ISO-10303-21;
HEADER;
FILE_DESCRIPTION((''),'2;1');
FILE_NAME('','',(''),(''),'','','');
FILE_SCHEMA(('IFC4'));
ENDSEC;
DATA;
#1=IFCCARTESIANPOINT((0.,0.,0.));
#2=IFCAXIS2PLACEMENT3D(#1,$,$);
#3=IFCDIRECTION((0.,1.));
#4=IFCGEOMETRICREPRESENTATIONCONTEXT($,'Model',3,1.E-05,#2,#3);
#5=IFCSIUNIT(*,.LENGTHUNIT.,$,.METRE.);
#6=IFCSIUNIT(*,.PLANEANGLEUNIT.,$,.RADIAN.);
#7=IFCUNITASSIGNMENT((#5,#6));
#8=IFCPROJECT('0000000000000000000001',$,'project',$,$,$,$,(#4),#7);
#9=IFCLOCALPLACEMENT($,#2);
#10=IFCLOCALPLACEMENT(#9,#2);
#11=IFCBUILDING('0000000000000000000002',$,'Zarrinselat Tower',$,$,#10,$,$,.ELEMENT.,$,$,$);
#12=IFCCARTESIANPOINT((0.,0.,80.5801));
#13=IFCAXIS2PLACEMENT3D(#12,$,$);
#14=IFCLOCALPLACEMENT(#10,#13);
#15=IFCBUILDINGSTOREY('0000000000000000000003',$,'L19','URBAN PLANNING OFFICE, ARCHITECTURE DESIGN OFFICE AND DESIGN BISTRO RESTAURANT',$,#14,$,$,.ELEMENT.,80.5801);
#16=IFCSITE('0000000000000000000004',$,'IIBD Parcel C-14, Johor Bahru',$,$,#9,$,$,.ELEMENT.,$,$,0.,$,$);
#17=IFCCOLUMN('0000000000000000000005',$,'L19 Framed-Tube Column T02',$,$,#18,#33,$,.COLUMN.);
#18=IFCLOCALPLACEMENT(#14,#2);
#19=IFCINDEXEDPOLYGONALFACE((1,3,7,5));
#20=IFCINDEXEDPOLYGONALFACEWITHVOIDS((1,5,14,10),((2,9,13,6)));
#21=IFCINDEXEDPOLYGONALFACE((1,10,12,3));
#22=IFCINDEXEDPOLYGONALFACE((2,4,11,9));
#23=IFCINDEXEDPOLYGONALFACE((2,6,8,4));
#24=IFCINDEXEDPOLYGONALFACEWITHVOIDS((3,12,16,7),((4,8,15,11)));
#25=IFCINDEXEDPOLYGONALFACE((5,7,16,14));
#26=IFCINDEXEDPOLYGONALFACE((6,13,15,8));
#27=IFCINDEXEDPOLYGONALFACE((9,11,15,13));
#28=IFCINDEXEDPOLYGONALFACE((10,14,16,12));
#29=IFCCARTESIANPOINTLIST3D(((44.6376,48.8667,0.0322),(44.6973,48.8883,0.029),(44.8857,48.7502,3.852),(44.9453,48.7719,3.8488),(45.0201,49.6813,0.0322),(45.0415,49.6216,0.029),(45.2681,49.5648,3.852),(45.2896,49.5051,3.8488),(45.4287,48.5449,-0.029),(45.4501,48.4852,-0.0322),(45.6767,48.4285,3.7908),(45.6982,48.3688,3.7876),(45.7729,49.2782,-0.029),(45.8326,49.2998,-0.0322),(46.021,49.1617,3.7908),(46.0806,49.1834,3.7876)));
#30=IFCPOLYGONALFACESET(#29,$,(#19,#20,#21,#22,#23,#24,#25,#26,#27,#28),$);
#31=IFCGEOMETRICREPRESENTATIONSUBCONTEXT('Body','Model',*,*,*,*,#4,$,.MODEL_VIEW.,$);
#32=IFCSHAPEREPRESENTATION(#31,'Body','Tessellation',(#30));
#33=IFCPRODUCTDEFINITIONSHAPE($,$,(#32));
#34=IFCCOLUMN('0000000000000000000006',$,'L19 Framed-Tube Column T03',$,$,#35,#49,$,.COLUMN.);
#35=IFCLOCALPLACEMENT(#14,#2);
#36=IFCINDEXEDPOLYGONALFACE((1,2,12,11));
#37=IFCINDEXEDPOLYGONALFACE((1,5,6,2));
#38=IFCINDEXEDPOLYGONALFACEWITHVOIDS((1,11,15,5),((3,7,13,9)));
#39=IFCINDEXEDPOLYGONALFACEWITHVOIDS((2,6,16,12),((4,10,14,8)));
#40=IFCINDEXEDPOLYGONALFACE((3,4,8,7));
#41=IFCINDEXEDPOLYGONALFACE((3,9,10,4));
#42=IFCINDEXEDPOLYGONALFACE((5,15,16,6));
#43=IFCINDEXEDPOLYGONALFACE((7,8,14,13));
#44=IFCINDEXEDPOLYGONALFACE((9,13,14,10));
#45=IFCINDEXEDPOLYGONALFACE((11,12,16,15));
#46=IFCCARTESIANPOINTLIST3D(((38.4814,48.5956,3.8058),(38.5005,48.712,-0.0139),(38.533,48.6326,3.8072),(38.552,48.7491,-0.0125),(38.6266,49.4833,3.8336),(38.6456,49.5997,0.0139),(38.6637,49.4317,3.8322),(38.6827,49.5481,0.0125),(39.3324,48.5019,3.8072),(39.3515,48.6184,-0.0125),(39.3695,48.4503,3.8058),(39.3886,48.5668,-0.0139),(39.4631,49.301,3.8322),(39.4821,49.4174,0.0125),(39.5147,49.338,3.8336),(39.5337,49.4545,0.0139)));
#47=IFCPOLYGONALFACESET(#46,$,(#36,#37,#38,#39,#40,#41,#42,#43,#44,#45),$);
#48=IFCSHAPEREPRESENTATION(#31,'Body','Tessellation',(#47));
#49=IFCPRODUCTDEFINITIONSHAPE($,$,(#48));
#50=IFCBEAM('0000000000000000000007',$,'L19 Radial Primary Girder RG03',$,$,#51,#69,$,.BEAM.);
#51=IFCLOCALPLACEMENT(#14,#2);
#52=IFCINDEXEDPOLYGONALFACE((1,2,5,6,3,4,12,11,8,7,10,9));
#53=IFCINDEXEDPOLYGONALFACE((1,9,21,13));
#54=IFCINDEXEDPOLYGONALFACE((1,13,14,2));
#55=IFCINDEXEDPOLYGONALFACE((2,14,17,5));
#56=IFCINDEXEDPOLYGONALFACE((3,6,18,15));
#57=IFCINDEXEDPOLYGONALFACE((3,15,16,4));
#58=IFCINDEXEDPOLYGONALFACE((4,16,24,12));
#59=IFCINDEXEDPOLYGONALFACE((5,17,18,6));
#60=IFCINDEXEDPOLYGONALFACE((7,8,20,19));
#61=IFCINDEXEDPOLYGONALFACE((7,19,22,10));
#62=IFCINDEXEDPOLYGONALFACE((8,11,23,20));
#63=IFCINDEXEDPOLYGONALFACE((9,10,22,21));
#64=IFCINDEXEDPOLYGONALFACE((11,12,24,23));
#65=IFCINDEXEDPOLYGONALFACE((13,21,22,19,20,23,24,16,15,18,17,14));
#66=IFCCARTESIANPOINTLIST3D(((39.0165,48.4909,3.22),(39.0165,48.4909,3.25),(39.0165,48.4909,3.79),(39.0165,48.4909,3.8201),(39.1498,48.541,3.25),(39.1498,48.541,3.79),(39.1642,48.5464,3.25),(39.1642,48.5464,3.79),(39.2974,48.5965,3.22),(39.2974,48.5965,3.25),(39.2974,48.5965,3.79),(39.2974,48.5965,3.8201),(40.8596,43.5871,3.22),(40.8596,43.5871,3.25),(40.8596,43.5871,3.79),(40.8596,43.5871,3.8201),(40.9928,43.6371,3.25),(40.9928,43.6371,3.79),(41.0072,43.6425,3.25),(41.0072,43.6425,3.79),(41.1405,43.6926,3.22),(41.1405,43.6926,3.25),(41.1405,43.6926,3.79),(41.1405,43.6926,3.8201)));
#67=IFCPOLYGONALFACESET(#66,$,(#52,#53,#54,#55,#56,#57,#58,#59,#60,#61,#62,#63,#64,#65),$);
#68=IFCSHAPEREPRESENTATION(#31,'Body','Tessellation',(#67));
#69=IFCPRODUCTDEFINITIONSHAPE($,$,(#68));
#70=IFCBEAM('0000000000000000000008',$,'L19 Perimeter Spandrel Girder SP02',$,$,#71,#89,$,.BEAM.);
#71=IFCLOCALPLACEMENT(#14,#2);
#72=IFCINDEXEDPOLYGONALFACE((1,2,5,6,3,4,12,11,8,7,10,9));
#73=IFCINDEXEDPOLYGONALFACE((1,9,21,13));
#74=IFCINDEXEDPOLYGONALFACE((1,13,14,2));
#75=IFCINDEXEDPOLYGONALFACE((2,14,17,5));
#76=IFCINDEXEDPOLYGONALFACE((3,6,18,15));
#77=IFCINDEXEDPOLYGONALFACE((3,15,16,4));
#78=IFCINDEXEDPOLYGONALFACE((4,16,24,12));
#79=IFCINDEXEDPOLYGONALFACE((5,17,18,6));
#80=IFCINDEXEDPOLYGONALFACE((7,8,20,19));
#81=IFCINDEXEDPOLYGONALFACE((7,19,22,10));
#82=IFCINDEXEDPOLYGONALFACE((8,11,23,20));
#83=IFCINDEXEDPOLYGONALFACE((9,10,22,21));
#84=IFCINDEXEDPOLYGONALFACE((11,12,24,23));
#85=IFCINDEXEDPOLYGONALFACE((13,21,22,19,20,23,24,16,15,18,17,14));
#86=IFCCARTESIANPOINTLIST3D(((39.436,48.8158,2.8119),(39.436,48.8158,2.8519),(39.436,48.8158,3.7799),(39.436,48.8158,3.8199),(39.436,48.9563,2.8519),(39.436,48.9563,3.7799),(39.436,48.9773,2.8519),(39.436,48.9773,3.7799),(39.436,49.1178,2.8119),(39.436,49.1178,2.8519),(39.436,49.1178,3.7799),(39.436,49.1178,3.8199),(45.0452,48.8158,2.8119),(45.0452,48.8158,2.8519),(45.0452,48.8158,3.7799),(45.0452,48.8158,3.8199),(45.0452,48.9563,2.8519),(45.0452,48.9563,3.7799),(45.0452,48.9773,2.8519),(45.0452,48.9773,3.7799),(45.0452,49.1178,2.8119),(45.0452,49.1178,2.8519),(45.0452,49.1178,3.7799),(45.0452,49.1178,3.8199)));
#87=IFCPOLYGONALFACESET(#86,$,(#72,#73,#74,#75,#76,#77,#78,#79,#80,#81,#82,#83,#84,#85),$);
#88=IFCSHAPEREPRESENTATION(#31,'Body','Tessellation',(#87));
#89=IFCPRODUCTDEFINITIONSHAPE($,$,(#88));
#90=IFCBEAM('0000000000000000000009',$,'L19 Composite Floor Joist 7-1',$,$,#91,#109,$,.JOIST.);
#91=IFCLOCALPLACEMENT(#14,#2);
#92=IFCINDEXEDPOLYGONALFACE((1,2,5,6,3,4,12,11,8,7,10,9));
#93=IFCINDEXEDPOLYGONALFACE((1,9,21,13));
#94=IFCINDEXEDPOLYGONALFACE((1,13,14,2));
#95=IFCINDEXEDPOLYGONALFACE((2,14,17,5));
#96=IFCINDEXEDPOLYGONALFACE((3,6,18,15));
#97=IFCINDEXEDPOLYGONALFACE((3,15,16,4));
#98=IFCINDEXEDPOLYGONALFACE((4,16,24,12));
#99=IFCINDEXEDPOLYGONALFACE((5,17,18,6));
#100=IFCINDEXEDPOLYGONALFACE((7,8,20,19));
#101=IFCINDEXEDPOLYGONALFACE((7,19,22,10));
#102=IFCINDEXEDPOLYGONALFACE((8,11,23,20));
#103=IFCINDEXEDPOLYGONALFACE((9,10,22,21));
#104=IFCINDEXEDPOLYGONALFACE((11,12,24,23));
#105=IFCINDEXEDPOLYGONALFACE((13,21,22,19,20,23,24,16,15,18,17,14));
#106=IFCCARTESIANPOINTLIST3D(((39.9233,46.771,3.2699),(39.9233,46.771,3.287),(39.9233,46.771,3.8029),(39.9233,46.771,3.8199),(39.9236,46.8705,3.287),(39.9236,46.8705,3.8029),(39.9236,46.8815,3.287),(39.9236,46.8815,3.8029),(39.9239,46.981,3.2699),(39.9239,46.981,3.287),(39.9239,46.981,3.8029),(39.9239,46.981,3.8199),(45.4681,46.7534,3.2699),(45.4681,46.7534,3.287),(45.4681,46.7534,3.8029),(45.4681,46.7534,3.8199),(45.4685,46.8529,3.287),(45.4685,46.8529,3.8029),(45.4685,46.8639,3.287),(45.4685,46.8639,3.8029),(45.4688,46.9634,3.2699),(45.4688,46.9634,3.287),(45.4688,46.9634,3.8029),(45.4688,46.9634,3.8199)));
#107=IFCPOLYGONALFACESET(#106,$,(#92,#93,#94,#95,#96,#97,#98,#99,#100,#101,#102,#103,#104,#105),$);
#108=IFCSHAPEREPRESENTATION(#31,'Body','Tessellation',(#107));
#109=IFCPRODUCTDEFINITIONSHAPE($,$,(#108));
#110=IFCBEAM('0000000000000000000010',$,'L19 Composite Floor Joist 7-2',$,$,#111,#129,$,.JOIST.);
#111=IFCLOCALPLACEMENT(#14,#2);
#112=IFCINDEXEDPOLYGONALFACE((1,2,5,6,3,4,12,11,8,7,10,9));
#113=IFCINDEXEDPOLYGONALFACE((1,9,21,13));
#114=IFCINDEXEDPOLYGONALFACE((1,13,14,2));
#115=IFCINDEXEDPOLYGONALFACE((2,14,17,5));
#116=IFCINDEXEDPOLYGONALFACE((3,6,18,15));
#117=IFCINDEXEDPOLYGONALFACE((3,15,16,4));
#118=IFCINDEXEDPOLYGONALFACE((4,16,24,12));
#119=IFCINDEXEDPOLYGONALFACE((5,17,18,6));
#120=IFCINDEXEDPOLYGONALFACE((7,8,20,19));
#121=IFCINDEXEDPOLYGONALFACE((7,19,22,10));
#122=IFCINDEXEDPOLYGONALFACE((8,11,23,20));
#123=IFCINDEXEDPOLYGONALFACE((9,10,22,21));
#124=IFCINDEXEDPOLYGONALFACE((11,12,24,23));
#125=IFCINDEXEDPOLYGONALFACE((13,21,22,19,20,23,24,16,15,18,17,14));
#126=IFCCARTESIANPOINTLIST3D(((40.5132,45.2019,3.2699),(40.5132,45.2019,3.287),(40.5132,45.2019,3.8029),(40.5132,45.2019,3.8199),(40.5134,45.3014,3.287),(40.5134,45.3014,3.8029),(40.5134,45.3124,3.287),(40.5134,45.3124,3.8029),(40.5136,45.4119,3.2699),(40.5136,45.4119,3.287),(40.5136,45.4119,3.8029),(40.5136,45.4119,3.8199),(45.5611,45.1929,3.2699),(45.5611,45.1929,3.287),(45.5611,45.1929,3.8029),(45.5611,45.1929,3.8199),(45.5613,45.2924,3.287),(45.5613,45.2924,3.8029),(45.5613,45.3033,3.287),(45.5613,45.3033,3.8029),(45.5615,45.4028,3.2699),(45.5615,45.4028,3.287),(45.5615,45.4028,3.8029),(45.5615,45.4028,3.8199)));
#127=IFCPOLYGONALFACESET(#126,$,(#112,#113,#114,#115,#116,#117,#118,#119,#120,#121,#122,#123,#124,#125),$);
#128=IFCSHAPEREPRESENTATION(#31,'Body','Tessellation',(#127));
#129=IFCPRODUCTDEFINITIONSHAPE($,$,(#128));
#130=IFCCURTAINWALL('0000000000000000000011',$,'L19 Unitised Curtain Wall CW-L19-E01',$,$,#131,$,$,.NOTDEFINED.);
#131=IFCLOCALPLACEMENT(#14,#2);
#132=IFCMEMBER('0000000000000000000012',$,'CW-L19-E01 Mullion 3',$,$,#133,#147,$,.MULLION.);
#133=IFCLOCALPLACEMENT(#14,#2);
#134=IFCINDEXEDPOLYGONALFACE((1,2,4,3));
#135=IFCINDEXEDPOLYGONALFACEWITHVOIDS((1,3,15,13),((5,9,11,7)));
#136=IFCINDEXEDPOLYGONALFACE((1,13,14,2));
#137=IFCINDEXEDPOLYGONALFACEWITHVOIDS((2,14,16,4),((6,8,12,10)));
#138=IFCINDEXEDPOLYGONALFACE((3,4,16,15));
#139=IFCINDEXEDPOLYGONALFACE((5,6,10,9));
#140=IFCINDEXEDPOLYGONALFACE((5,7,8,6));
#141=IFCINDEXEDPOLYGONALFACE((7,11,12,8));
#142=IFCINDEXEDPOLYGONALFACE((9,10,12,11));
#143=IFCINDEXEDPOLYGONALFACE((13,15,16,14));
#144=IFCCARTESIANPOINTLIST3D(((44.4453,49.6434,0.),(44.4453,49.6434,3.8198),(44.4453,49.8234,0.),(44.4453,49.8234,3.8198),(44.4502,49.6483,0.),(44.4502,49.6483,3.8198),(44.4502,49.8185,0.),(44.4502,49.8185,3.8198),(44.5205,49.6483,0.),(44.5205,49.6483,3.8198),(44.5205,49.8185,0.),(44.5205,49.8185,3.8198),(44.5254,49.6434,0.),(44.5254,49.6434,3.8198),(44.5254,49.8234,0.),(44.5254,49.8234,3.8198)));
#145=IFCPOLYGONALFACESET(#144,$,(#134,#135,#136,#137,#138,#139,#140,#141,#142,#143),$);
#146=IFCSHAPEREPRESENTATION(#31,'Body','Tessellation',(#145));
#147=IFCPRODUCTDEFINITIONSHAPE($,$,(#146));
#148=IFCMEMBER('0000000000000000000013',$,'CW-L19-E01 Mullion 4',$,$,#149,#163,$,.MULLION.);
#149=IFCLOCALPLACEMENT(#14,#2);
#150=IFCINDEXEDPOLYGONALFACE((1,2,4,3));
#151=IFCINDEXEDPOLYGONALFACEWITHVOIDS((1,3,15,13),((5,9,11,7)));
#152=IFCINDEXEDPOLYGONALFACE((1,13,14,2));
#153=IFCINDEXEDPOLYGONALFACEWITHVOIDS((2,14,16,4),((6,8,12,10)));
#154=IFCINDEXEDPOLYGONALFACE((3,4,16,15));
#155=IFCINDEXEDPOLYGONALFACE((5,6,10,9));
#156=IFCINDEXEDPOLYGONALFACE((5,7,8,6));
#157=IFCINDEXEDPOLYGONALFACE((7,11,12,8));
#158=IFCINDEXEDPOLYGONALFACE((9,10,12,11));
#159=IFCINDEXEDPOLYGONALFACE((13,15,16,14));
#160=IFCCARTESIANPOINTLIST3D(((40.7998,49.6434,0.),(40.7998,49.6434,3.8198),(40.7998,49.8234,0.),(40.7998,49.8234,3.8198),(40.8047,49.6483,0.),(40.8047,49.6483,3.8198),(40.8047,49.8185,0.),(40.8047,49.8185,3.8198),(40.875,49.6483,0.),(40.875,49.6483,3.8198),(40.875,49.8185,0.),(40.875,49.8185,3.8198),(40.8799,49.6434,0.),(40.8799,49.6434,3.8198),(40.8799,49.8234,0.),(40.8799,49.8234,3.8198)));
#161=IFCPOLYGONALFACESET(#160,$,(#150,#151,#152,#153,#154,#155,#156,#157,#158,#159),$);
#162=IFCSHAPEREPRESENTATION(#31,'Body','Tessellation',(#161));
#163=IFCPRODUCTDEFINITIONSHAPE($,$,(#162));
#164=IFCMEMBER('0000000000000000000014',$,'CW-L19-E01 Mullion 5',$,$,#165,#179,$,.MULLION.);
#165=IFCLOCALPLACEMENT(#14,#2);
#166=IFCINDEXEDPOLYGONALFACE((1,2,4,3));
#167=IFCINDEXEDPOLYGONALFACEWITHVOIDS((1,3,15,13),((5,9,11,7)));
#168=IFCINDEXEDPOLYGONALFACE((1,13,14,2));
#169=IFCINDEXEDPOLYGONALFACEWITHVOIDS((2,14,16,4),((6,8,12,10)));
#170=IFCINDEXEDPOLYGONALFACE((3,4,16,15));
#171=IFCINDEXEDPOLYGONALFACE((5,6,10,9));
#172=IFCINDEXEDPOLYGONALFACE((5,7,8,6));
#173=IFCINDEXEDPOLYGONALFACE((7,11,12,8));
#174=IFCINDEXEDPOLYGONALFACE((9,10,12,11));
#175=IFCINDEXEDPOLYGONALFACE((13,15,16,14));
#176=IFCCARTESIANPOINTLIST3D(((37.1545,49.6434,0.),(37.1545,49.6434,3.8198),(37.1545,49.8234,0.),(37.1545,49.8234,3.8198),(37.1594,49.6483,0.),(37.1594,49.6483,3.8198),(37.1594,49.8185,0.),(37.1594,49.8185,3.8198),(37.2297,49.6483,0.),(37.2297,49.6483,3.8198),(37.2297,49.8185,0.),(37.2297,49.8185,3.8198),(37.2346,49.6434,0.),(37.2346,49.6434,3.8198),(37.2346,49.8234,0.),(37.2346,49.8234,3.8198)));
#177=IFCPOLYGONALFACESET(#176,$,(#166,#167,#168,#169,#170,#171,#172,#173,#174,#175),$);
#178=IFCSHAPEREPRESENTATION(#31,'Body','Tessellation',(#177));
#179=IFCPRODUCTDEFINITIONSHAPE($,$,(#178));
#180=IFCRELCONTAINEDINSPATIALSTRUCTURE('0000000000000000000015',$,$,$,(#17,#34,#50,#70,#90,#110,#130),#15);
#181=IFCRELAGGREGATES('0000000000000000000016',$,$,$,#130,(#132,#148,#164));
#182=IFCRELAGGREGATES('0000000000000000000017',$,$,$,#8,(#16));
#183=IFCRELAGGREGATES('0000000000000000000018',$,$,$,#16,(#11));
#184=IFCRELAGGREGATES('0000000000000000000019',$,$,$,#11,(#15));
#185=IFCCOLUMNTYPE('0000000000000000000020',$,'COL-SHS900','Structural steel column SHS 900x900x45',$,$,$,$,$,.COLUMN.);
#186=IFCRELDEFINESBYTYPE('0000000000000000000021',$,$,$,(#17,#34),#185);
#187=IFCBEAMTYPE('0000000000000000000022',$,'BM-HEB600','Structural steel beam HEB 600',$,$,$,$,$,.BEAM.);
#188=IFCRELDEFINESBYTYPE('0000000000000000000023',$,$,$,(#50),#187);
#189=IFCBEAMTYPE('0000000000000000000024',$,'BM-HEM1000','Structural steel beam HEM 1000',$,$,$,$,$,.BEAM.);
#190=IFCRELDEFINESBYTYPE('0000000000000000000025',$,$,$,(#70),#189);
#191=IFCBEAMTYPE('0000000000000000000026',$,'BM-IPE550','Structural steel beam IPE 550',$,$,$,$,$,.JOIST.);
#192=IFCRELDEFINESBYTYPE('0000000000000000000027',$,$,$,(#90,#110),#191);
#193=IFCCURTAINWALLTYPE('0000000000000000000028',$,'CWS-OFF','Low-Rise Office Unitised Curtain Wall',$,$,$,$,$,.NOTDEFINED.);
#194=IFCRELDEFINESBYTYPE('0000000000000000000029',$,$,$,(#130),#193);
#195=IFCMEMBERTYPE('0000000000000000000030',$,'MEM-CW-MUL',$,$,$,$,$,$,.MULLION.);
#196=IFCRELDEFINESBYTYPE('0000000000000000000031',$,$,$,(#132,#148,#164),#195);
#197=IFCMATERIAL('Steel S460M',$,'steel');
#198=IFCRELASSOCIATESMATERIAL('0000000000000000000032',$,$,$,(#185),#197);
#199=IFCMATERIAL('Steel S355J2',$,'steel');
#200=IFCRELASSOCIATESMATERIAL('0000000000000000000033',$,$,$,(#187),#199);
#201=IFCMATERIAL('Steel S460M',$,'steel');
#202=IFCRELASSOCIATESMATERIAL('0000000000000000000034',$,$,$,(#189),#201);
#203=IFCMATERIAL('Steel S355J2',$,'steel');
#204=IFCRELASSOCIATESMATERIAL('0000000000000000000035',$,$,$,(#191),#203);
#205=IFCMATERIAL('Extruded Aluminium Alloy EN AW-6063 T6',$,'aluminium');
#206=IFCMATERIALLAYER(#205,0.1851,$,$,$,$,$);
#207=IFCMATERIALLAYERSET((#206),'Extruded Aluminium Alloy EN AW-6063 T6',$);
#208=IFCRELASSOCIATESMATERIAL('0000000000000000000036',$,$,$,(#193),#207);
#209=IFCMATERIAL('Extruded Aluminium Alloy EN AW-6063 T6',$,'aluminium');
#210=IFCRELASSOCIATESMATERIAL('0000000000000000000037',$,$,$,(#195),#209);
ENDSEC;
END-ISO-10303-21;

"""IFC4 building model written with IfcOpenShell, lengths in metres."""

from ifc_helpers import new_model, si_unit, direction, frame, origin, origin_2d, place, context, subcontext, project, spatial, hollow_rectangle, i_section, extrude, material, layer, layer_set, material_profile, profile_set, type_object, element, aggregate, save


model = new_model("IFC4")

# Units and contexts
model_context = context("Model", 3, precision=1e-05, world=origin(), true_north=direction((0.0, 1.0)))
body_context = subcontext(model_context, "Body", "Model", "MODEL_VIEW")
ifc_project = project(units=[si_unit("LENGTHUNIT", "METRE"), si_unit("PLANEANGLEUNIT", "RADIAN")], contexts=[model_context])

# Site, building, storey
site_placement = place(None, origin())
site = spatial("IfcSite", under=ifc_project, at=site_placement, Name="IIBD Parcel C-14, Johor Bahru", CompositionType="ELEMENT", RefElevation=0.0)
building_placement = place(site_placement, origin())
building = spatial("IfcBuilding", under=site, at=building_placement, Name="Zarrinselat Tower", CompositionType="ELEMENT")
storey_placement = place(building_placement, frame((0.0, 0.0, 80.5801)))
storey = spatial("IfcBuildingStorey", under=building, at=storey_placement, Name="L19", Description="URBAN PLANNING OFFICE, ARCHITECTURE DESIGN OFFICE AND DESIGN BISTRO RESTAURANT", CompositionType="ELEMENT", Elevation=80.5801)

# Columns
ifc_material_1 = material(Name="Steel S460M", Category="steel")
ifc_material_profile_1 = material_profile(ifc_material_1, hollow_rectangle(XDim=0.8999, YDim=0.8999, WallThickness=0.0449, at=origin_2d()), Name="SHS 900x900x45")
ifc_profile_set_1 = profile_set([ifc_material_profile_1], Name="Steel S460M")
column_type = type_object("IfcColumnType", Name="COL-SHS900", Description="Structural steel column SHS 900x900x45", PredefinedType="COLUMN", material=ifc_profile_set_1)
column_1_placement = place(storey_placement, frame((45.2351, 49.0833, 0.0), z_axis=(0.06477, -0.030409, 0.997437), x_axis=(0.424982, 0.905202, 0.0)))
element("IfcColumn", 1, at=column_1_placement, inside=storey, type_object=column_type, Name="L19 Framed-Tube Column T02", PredefinedType="COLUMN", context=body_context, shape_type="SweptSolid", body=[
    extrude(hollow_rectangle(XDim=0.8999, YDim=0.8999, WallThickness=0.0449, at=origin_2d()), origin(), (0.0, 0.0, 1.0), 3.8296),
])
column_2_placement = place(storey_placement, frame((39.0171, 49.0833, 0.0), z_axis=(-0.004983, -0.030472, 0.999523), x_axis=(0.986893, -0.161379, 0.0)))
element("IfcColumn", 2, at=column_2_placement, inside=storey, type_object=column_type, Name="L19 Framed-Tube Column T03", PredefinedType="COLUMN", context=body_context, shape_type="SweptSolid", body=[
    extrude(hollow_rectangle(XDim=0.8999, YDim=0.8999, WallThickness=0.0449, at=origin_2d()), origin(), (0.0, 0.0, 1.0), 3.8215),
])

# Beams
ifc_material_2 = material(Name="Steel S355J2", Category="steel")
ifc_material_profile_2 = material_profile(ifc_material_2, i_section(OverallWidth=0.3, OverallDepth=0.6001, WebThickness=0.0154, FlangeThickness=0.03, at=origin_2d()), Name="HEB 600")
ifc_profile_set_2 = profile_set([ifc_material_profile_2], Name="Steel S355J2")
beam_type_1 = type_object("IfcBeamType", Name="BM-HEB600", Description="Structural steel beam HEB 600", PredefinedType="BEAM", material=ifc_profile_set_2)
beam_1_placement = place(storey_placement, frame((39.157, 48.5437, 3.52), z_axis=(0.351808, -0.936072, 0.0), x_axis=(0.936072, 0.351808, 0.0)))
element("IfcBeam", 3, at=beam_1_placement, inside=storey, type_object=beam_type_1, Name="L19 Radial Primary Girder RG03", PredefinedType="BEAM", context=body_context, shape_type="SweptSolid", body=[
    extrude(i_section(OverallWidth=0.3, OverallDepth=0.6001, WebThickness=0.0154, FlangeThickness=0.03, at=origin_2d()), origin(), (0.0, 0.0, 1.0), 5.2388),
])
ifc_material_3 = material(Name="Steel S460M", Category="steel")
ifc_material_profile_3 = material_profile(ifc_material_3, i_section(OverallWidth=0.302, OverallDepth=1.0081, WebThickness=0.021, FlangeThickness=0.04, at=origin_2d()), Name="HEM 1000")
ifc_profile_set_3 = profile_set([ifc_material_profile_3], Name="Steel S460M")
beam_type_2 = type_object("IfcBeamType", Name="BM-HEM1000", Description="Structural steel beam HEM 1000", PredefinedType="BEAM", material=ifc_profile_set_3)
beam_2_placement = place(storey_placement, frame((39.436, 48.9668, 3.3159), z_axis=(1.0, 0.0, 0.0), x_axis=(0.0, 1.0, 0.0)))
element("IfcBeam", 4, at=beam_2_placement, inside=storey, type_object=beam_type_2, Name="L19 Perimeter Spandrel Girder SP02", PredefinedType="BEAM", context=body_context, shape_type="SweptSolid", body=[
    extrude(i_section(OverallWidth=0.302, OverallDepth=1.0081, WebThickness=0.021, FlangeThickness=0.04, at=origin_2d()), origin(), (0.0, 0.0, 1.0), 5.6091),
])
ifc_material_4 = material(Name="Steel S355J2", Category="steel")
ifc_material_profile_4 = material_profile(ifc_material_4, i_section(OverallWidth=0.21, OverallDepth=0.55, WebThickness=0.011, FlangeThickness=0.0171, at=origin_2d()), Name="IPE 550")
ifc_profile_set_4 = profile_set([ifc_material_profile_4], Name="Steel S355J2")
beam_type_3 = type_object("IfcBeamType", Name="BM-IPE550", Description="Structural steel beam IPE 550", PredefinedType="JOIST", material=ifc_profile_set_4)
beam_3_placement = place(storey_placement, frame((39.9236, 46.876, 3.5449), z_axis=(0.999995, -0.00317, 0.0), x_axis=(0.00317, 0.999995, 0.0)))
element("IfcBeam", 5, at=beam_3_placement, inside=storey, type_object=beam_type_3, Name="L19 Composite Floor Joist 7-1", PredefinedType="JOIST", context=body_context, shape_type="SweptSolid", body=[
    extrude(i_section(OverallWidth=0.21, OverallDepth=0.55, WebThickness=0.011, FlangeThickness=0.0171, at=origin_2d()), origin(), (0.0, 0.0, 1.0), 5.5449),
])
beam_4_placement = place(storey_placement, frame((40.5134, 45.3069, 3.5449), z_axis=(0.999998, -0.00179, 0.0), x_axis=(0.00179, 0.999998, 0.0)))
element("IfcBeam", 6, at=beam_4_placement, inside=storey, type_object=beam_type_3, Name="L19 Composite Floor Joist 7-2", PredefinedType="JOIST", context=body_context, shape_type="SweptSolid", body=[
    extrude(i_section(OverallWidth=0.21, OverallDepth=0.55, WebThickness=0.011, FlangeThickness=0.0171, at=origin_2d()), origin(), (0.0, 0.0, 1.0), 5.0479),
])

# Curtain wall, members
ifc_material_5 = material(Name="Extruded Aluminium Alloy EN AW-6063 T6", Category="aluminium")
ifc_layer_1 = layer(ifc_material_5, 0.1851)
ifc_layer_set_1 = layer_set([ifc_layer_1], Name="Extruded Aluminium Alloy EN AW-6063 T6")
curtain_wall_type = type_object("IfcCurtainWallType", Name="CWS-OFF", Description="Low-Rise Office Unitised Curtain Wall", PredefinedType="NOTDEFINED", material=ifc_layer_set_1)
curtain_wall_placement = place(storey_placement, origin())
curtain_wall = element("IfcCurtainWall", 7, at=curtain_wall_placement, inside=storey, type_object=curtain_wall_type, Name="L19 Unitised Curtain Wall CW-L19-E01", PredefinedType="NOTDEFINED")
ifc_material_6 = material(Name="Extruded Aluminium Alloy EN AW-6063 T6", Category="aluminium")
ifc_material_profile_5 = material_profile(ifc_material_6, hollow_rectangle(XDim=0.0801, YDim=0.1799, WallThickness=0.0049, at=origin_2d()), Name="RHS 180x80x5")
ifc_profile_set_5 = profile_set([ifc_material_profile_5], Name="Extruded Aluminium Alloy EN AW-6063 T6")
member_type_1 = type_object("IfcMemberType", Name="MEM-CW-MUL", PredefinedType="MULLION", material=ifc_profile_set_5)
member_1_placement = place(storey_placement, frame((44.4854, 49.7334, 0.0), z_axis=(0.0, 0.0, 1.0), x_axis=(-1.0, 0.0, 0.0)))
member_1 = element("IfcMember", 8, at=member_1_placement, type_object=member_type_1, Name="CW-L19-E01 Mullion 3", PredefinedType="MULLION", context=body_context, shape_type="SweptSolid", body=[
    extrude(hollow_rectangle(XDim=0.0801, YDim=0.1799, WallThickness=0.0049, at=origin_2d()), origin(), (0.0, 0.0, 1.0), 3.8198),
])
member_2_placement = place(storey_placement, frame((40.8398, 49.7334, 0.0), z_axis=(0.0, 0.0, 1.0), x_axis=(-1.0, 0.0, 0.0)))
member_2 = element("IfcMember", 9, at=member_2_placement, type_object=member_type_1, Name="CW-L19-E01 Mullion 4", PredefinedType="MULLION", context=body_context, shape_type="SweptSolid", body=[
    extrude(hollow_rectangle(XDim=0.0801, YDim=0.1799, WallThickness=0.0049, at=origin_2d()), origin(), (0.0, 0.0, 1.0), 3.8198),
])
member_3_placement = place(storey_placement, frame((37.1946, 49.7334, 0.0), z_axis=(0.0, 0.0, 1.0), x_axis=(-1.0, 0.0, 0.0)))
member_3 = element("IfcMember", 10, at=member_3_placement, type_object=member_type_1, Name="CW-L19-E01 Mullion 5", PredefinedType="MULLION", context=body_context, shape_type="SweptSolid", body=[
    extrude(hollow_rectangle(XDim=0.0801, YDim=0.1799, WallThickness=0.0049, at=origin_2d()), origin(), (0.0, 0.0, 1.0), 3.8198),
])
aggregate(curtain_wall, [member_1, member_2, member_3])

save(model, "model.ifc")
